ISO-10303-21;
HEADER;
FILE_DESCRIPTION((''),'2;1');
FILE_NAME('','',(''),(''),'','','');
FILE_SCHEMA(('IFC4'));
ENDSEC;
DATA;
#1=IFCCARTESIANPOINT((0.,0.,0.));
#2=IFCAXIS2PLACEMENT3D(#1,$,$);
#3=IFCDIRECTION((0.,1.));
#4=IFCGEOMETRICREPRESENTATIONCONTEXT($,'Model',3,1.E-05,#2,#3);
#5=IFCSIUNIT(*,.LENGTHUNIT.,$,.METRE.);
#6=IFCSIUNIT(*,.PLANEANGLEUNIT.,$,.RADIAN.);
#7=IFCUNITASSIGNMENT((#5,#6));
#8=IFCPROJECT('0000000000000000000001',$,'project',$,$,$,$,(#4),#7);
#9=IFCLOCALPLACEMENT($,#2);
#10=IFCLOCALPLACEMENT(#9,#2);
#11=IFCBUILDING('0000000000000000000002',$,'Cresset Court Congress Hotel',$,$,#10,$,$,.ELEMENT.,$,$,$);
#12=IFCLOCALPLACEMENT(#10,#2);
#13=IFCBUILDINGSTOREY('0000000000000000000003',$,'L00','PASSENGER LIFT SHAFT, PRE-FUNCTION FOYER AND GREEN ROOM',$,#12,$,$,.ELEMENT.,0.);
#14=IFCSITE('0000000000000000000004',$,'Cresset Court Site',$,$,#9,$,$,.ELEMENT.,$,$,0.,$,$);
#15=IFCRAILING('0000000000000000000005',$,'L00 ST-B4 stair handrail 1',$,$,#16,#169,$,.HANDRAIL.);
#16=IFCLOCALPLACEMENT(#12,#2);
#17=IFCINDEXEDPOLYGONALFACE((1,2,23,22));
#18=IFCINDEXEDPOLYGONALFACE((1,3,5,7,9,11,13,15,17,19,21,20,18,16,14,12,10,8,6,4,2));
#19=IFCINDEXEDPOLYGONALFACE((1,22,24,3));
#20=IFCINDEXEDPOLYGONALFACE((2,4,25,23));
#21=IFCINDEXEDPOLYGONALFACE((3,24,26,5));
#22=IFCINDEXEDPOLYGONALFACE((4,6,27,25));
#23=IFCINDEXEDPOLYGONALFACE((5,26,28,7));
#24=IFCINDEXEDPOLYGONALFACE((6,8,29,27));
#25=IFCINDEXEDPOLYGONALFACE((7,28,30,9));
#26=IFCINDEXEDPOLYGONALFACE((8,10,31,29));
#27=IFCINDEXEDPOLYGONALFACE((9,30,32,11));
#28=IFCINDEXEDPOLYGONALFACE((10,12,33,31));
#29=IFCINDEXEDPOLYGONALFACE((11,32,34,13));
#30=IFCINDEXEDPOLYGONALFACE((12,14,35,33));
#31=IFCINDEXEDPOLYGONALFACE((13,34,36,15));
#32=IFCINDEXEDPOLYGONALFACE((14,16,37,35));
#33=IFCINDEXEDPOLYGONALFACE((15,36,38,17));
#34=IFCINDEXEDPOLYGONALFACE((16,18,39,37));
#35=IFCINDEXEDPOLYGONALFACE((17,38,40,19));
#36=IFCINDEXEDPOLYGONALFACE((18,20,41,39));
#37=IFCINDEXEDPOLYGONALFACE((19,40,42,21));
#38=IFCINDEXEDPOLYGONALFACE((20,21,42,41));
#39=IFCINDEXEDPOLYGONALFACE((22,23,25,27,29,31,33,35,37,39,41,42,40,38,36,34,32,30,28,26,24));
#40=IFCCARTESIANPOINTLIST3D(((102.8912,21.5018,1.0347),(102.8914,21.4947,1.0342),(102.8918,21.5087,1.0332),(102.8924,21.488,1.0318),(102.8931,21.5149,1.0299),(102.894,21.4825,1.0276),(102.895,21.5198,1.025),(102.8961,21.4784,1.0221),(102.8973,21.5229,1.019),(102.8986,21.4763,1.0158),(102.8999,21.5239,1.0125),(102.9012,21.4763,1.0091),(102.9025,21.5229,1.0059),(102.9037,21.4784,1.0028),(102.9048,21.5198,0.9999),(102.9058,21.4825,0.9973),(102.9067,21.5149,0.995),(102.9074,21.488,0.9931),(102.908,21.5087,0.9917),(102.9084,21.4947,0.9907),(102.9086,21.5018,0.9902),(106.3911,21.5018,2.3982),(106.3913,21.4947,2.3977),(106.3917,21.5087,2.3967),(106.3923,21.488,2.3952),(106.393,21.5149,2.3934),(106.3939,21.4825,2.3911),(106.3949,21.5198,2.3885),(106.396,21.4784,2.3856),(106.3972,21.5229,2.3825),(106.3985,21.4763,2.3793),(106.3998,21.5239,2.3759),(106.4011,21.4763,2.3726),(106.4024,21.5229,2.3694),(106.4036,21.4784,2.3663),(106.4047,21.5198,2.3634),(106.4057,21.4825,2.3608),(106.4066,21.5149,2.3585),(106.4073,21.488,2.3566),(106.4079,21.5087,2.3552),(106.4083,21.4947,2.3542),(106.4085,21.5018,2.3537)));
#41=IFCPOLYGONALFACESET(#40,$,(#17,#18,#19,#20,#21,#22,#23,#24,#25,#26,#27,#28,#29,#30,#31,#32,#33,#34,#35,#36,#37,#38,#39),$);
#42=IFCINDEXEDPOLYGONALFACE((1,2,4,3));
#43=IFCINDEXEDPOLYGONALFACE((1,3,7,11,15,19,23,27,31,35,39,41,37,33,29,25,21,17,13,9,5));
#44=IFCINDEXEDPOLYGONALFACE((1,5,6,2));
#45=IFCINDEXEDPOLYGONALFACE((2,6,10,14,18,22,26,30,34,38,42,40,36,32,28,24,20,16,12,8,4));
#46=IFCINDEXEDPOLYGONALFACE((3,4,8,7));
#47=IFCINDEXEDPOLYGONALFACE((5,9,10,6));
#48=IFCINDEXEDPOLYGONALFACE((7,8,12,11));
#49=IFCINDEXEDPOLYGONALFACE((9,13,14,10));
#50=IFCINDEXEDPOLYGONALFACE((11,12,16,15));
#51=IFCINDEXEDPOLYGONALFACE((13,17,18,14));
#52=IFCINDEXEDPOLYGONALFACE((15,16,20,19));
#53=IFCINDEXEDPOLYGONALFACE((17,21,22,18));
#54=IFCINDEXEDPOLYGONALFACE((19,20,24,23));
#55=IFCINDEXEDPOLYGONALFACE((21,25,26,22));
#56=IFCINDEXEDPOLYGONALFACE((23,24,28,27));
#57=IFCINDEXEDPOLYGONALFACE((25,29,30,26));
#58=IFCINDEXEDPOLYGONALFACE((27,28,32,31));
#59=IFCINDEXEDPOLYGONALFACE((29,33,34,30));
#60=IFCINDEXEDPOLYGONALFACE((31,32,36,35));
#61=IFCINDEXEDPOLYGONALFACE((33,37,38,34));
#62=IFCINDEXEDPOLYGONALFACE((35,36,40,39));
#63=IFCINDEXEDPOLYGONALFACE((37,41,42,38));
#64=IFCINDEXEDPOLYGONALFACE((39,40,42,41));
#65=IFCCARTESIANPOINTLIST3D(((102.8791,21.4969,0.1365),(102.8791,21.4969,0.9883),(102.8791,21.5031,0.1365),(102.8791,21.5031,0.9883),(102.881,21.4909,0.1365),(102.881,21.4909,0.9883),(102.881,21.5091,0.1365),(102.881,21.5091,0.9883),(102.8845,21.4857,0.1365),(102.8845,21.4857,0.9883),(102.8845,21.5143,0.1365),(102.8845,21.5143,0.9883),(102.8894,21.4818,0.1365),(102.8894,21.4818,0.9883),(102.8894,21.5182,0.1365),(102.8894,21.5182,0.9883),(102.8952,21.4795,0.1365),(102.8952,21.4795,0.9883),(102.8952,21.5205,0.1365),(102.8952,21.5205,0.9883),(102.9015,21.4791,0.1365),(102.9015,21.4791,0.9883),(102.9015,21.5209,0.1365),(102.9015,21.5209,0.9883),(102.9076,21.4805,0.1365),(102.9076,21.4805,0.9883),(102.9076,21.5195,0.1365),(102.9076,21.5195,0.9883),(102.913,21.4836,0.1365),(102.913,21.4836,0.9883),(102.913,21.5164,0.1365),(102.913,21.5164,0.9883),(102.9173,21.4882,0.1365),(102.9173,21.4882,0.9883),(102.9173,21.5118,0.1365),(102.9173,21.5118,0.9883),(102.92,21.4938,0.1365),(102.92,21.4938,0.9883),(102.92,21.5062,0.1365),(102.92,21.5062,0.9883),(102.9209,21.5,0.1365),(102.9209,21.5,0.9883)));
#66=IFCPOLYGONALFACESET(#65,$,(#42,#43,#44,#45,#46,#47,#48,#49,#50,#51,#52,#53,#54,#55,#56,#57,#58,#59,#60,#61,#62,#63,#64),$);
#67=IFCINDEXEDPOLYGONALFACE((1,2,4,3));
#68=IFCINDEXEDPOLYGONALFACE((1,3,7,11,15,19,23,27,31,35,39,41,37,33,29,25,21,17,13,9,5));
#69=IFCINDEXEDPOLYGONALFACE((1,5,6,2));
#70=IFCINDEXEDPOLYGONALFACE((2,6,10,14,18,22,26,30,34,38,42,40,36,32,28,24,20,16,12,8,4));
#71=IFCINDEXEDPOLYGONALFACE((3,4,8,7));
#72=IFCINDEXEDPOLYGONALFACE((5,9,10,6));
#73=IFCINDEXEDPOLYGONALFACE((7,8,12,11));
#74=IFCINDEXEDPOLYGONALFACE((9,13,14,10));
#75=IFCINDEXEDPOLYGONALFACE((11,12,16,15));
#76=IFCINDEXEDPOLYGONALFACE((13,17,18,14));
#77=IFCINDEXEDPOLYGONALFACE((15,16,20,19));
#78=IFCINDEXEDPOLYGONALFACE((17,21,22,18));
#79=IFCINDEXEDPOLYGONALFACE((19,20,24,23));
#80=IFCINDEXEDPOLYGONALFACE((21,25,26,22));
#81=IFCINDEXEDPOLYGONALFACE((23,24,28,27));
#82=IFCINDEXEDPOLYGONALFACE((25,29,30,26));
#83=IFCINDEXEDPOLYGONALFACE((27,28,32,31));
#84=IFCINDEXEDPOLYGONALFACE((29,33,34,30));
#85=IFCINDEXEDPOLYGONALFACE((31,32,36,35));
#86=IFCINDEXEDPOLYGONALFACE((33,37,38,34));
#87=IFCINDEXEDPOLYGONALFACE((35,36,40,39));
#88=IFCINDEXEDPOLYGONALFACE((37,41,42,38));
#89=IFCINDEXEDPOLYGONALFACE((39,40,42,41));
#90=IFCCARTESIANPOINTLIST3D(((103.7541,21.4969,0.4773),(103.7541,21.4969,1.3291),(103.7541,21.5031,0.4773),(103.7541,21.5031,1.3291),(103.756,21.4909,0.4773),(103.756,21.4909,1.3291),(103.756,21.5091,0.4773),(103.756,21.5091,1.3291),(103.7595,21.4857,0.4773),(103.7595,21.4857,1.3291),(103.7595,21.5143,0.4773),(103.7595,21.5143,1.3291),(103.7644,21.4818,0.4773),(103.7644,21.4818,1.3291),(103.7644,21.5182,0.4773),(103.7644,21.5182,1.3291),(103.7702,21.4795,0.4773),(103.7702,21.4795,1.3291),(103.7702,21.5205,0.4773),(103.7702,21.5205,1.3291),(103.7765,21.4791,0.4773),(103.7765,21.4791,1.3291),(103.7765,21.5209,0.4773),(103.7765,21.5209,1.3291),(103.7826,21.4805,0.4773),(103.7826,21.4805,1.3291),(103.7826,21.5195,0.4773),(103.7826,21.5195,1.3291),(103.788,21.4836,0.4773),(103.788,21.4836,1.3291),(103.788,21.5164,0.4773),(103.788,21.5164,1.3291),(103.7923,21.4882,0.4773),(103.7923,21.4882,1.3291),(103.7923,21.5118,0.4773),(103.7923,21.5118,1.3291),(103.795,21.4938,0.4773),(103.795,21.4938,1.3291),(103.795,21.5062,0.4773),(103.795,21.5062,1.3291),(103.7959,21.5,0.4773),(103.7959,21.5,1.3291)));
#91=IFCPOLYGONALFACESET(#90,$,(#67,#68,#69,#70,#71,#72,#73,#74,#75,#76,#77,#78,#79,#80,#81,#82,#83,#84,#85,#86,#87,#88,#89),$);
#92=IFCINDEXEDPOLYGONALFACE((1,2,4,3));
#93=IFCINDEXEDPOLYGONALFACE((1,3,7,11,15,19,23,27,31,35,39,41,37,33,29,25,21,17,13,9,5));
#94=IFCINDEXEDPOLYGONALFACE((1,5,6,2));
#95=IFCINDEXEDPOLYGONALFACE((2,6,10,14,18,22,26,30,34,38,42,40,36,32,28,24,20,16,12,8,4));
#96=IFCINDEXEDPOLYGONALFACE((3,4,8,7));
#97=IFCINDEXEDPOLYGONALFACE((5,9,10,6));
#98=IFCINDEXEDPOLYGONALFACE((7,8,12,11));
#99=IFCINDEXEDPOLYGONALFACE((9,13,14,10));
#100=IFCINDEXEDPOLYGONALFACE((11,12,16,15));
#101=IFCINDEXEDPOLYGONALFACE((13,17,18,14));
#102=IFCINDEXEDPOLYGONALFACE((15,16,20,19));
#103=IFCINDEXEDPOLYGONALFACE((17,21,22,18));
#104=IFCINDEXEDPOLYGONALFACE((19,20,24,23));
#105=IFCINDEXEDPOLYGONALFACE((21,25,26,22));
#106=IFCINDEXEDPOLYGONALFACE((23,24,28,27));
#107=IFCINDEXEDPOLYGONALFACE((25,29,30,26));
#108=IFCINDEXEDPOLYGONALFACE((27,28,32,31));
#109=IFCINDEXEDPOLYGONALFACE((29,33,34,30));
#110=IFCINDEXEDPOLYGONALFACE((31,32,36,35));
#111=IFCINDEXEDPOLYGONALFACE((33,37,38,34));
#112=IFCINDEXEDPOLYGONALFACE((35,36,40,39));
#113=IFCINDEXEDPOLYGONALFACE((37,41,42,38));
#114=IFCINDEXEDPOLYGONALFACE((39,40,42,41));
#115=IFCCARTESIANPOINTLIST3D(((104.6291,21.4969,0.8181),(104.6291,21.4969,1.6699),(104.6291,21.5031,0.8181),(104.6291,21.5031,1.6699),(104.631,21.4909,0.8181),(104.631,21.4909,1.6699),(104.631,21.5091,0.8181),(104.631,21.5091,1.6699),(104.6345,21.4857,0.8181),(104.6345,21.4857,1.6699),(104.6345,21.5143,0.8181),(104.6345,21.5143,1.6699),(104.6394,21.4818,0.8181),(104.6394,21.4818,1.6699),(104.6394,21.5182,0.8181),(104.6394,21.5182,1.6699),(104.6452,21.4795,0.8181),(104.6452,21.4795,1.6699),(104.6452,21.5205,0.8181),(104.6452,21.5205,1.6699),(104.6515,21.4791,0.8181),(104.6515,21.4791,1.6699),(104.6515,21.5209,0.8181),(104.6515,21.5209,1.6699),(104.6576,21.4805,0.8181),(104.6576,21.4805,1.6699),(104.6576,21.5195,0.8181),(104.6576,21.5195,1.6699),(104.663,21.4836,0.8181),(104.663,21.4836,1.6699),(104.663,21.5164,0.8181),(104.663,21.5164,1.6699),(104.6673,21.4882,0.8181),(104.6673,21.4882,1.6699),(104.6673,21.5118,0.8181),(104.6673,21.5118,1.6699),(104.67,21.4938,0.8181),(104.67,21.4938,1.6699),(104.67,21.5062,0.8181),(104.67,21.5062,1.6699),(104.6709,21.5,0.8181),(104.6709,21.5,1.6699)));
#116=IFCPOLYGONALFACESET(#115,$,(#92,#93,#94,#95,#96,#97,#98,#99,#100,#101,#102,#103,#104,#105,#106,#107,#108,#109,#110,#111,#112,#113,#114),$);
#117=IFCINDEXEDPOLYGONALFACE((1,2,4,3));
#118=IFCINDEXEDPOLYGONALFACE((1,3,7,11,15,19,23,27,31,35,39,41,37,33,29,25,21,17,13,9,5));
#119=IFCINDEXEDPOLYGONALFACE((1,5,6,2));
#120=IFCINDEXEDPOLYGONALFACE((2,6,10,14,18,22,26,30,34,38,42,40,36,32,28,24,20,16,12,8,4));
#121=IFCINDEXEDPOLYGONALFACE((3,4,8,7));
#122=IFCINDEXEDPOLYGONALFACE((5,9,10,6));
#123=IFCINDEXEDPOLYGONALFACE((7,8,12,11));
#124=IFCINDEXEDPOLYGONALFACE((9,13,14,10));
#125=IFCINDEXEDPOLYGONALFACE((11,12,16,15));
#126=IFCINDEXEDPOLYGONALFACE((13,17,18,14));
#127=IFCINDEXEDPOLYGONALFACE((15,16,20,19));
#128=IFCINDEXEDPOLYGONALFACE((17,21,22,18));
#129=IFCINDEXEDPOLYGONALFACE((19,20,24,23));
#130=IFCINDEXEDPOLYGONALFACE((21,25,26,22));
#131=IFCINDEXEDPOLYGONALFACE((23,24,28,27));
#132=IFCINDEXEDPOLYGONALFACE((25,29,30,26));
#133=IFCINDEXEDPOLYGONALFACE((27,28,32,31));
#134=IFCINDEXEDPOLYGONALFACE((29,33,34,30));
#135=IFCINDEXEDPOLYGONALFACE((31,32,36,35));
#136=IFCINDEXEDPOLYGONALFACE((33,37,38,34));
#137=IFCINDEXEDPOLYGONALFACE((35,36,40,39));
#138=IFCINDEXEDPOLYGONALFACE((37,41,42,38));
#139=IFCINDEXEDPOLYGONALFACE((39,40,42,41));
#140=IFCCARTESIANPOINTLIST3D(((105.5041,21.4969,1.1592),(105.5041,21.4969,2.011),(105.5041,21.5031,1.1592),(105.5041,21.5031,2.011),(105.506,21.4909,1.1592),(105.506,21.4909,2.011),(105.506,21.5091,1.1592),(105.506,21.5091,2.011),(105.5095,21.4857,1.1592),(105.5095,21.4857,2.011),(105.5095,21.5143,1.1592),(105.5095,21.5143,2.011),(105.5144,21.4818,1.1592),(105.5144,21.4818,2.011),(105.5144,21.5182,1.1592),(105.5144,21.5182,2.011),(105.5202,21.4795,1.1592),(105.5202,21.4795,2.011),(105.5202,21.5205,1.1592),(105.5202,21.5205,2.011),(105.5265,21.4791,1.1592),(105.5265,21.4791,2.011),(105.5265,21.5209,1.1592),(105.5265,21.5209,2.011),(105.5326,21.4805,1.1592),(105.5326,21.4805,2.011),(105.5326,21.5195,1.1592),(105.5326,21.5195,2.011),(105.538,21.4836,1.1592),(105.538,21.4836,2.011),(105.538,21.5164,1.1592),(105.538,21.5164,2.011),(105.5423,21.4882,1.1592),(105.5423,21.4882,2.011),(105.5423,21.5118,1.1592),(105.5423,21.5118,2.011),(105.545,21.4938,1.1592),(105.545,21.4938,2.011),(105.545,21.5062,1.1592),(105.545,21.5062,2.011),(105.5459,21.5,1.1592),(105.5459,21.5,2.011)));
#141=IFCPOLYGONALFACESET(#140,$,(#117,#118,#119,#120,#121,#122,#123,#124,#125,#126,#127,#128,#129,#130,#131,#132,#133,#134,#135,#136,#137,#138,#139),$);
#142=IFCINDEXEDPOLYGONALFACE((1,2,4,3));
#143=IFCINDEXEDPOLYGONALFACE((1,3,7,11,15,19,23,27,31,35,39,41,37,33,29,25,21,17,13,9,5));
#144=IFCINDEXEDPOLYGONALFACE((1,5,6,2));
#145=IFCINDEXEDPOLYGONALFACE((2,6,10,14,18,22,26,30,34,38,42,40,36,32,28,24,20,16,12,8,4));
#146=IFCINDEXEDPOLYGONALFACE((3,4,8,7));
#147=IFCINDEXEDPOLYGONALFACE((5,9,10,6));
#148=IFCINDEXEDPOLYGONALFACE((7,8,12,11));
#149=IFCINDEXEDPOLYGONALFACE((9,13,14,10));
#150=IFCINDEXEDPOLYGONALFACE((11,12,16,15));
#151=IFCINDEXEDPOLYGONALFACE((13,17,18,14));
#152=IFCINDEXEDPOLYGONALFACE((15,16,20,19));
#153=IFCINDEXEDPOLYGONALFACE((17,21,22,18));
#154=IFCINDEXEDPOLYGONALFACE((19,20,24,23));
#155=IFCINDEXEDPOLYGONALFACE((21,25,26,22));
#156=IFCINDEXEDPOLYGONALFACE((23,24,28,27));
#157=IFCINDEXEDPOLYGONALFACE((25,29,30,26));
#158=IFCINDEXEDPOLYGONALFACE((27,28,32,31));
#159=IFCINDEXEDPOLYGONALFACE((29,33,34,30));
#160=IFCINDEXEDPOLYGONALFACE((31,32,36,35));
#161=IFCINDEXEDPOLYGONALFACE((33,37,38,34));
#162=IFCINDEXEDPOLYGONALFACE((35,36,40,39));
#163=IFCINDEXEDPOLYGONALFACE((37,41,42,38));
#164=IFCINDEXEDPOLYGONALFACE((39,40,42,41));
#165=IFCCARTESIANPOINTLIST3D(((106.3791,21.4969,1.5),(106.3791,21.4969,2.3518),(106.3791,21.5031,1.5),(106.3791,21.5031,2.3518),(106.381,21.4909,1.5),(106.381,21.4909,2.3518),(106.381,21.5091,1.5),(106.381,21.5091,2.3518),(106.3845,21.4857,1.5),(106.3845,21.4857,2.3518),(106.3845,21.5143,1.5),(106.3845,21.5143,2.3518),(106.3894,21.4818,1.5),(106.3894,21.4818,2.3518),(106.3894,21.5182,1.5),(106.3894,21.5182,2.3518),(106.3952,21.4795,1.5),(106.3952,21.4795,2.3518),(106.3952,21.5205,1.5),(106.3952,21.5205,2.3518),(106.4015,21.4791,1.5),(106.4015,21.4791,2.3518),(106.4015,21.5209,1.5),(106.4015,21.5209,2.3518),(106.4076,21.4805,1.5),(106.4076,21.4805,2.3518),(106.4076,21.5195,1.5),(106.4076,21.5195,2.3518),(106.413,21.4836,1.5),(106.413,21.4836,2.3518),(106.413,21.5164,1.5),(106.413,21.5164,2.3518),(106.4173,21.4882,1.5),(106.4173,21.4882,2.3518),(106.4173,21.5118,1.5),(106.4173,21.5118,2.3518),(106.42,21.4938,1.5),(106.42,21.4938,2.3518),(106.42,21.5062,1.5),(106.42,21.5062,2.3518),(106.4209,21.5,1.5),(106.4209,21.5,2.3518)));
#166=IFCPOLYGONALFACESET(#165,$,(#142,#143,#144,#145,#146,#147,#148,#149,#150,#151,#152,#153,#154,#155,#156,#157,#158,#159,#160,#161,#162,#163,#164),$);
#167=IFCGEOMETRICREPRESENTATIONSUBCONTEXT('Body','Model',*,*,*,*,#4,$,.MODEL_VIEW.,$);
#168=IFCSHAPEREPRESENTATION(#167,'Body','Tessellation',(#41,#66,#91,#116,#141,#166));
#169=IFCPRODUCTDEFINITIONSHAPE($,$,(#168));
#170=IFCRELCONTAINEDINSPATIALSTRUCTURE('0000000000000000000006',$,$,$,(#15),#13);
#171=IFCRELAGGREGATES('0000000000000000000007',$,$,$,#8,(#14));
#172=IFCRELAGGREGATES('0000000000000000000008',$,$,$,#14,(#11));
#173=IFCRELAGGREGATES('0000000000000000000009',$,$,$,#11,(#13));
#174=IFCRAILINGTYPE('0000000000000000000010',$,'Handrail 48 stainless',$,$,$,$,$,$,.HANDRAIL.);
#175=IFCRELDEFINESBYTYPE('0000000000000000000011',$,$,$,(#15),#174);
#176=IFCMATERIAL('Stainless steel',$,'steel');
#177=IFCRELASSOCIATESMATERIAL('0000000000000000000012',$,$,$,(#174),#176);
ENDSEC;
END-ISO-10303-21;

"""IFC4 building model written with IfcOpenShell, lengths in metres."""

from ifc_helpers import new_model, si_unit, direction, frame, origin, origin_2d, place, context, subcontext, project, spatial, circle, extrude, material, type_object, element, save


model = new_model("IFC4")

# Units and contexts
model_context = context("Model", 3, precision=1e-05, world=origin(), true_north=direction((0.0, 1.0)))
body_context = subcontext(model_context, "Body", "Model", "MODEL_VIEW")
ifc_project = project(units=[si_unit("LENGTHUNIT", "METRE"), si_unit("PLANEANGLEUNIT", "RADIAN")], contexts=[model_context])

# Site, building, storey
site_placement = place(None, origin())
site = spatial("IfcSite", under=ifc_project, at=site_placement, Name="Cresset Court Site", CompositionType="ELEMENT", RefElevation=0.0)
building_placement = place(site_placement, origin())
building = spatial("IfcBuilding", under=site, at=building_placement, Name="Cresset Court Congress Hotel", CompositionType="ELEMENT")
storey_placement = place(building_placement, origin())
storey = spatial("IfcBuildingStorey", under=building, at=storey_placement, Name="L00", Description="PASSENGER LIFT SHAFT, PRE-FUNCTION FOYER AND GREEN ROOM", CompositionType="ELEMENT", Elevation=0.0)

# Railing
ifc_material_1 = material(Name="Stainless steel", Category="steel")
railing_type_1 = type_object("IfcRailingType", Name="Handrail 48 stainless", PredefinedType="HANDRAIL", material=ifc_material_1)
railing_1_placement = place(storey_placement, frame((102.8999, 21.5, 0.1365)))
element("IfcRailing", 1, at=railing_1_placement, inside=storey, type_object=railing_type_1, Name="L00 ST-B4 stair handrail 1", PredefinedType="HANDRAIL", context=body_context, shape_type="SweptSolid", body=[
    extrude(circle(Radius=0.0239, at=origin_2d()), frame((0.0, 0.0, 0.876), z_axis=(0.931787, 0.0, 0.363005), x_axis=(0.0, 1.0, 0.0)), (0.0, 0.0, 1.0), 3.7561),
    extrude(circle(Radius=0.021, at=origin_2d()), origin(), (0.0, 0.0, 1.0), 0.8518),
    extrude(circle(Radius=0.021, at=origin_2d()), frame((0.875, 0.0, 0.3408)), (0.0, 0.0, 1.0), 0.8518),
    extrude(circle(Radius=0.021, at=origin_2d()), frame((1.75, 0.0, 0.6816)), (0.0, 0.0, 1.0), 0.8518),
    extrude(circle(Radius=0.021, at=origin_2d()), frame((2.625, 0.0, 1.0227)), (0.0, 0.0, 1.0), 0.8518),
    extrude(circle(Radius=0.021, at=origin_2d()), frame((3.5, 0.0, 1.3635)), (0.0, 0.0, 1.0), 0.8518),
])

save(model, "model.ifc")
